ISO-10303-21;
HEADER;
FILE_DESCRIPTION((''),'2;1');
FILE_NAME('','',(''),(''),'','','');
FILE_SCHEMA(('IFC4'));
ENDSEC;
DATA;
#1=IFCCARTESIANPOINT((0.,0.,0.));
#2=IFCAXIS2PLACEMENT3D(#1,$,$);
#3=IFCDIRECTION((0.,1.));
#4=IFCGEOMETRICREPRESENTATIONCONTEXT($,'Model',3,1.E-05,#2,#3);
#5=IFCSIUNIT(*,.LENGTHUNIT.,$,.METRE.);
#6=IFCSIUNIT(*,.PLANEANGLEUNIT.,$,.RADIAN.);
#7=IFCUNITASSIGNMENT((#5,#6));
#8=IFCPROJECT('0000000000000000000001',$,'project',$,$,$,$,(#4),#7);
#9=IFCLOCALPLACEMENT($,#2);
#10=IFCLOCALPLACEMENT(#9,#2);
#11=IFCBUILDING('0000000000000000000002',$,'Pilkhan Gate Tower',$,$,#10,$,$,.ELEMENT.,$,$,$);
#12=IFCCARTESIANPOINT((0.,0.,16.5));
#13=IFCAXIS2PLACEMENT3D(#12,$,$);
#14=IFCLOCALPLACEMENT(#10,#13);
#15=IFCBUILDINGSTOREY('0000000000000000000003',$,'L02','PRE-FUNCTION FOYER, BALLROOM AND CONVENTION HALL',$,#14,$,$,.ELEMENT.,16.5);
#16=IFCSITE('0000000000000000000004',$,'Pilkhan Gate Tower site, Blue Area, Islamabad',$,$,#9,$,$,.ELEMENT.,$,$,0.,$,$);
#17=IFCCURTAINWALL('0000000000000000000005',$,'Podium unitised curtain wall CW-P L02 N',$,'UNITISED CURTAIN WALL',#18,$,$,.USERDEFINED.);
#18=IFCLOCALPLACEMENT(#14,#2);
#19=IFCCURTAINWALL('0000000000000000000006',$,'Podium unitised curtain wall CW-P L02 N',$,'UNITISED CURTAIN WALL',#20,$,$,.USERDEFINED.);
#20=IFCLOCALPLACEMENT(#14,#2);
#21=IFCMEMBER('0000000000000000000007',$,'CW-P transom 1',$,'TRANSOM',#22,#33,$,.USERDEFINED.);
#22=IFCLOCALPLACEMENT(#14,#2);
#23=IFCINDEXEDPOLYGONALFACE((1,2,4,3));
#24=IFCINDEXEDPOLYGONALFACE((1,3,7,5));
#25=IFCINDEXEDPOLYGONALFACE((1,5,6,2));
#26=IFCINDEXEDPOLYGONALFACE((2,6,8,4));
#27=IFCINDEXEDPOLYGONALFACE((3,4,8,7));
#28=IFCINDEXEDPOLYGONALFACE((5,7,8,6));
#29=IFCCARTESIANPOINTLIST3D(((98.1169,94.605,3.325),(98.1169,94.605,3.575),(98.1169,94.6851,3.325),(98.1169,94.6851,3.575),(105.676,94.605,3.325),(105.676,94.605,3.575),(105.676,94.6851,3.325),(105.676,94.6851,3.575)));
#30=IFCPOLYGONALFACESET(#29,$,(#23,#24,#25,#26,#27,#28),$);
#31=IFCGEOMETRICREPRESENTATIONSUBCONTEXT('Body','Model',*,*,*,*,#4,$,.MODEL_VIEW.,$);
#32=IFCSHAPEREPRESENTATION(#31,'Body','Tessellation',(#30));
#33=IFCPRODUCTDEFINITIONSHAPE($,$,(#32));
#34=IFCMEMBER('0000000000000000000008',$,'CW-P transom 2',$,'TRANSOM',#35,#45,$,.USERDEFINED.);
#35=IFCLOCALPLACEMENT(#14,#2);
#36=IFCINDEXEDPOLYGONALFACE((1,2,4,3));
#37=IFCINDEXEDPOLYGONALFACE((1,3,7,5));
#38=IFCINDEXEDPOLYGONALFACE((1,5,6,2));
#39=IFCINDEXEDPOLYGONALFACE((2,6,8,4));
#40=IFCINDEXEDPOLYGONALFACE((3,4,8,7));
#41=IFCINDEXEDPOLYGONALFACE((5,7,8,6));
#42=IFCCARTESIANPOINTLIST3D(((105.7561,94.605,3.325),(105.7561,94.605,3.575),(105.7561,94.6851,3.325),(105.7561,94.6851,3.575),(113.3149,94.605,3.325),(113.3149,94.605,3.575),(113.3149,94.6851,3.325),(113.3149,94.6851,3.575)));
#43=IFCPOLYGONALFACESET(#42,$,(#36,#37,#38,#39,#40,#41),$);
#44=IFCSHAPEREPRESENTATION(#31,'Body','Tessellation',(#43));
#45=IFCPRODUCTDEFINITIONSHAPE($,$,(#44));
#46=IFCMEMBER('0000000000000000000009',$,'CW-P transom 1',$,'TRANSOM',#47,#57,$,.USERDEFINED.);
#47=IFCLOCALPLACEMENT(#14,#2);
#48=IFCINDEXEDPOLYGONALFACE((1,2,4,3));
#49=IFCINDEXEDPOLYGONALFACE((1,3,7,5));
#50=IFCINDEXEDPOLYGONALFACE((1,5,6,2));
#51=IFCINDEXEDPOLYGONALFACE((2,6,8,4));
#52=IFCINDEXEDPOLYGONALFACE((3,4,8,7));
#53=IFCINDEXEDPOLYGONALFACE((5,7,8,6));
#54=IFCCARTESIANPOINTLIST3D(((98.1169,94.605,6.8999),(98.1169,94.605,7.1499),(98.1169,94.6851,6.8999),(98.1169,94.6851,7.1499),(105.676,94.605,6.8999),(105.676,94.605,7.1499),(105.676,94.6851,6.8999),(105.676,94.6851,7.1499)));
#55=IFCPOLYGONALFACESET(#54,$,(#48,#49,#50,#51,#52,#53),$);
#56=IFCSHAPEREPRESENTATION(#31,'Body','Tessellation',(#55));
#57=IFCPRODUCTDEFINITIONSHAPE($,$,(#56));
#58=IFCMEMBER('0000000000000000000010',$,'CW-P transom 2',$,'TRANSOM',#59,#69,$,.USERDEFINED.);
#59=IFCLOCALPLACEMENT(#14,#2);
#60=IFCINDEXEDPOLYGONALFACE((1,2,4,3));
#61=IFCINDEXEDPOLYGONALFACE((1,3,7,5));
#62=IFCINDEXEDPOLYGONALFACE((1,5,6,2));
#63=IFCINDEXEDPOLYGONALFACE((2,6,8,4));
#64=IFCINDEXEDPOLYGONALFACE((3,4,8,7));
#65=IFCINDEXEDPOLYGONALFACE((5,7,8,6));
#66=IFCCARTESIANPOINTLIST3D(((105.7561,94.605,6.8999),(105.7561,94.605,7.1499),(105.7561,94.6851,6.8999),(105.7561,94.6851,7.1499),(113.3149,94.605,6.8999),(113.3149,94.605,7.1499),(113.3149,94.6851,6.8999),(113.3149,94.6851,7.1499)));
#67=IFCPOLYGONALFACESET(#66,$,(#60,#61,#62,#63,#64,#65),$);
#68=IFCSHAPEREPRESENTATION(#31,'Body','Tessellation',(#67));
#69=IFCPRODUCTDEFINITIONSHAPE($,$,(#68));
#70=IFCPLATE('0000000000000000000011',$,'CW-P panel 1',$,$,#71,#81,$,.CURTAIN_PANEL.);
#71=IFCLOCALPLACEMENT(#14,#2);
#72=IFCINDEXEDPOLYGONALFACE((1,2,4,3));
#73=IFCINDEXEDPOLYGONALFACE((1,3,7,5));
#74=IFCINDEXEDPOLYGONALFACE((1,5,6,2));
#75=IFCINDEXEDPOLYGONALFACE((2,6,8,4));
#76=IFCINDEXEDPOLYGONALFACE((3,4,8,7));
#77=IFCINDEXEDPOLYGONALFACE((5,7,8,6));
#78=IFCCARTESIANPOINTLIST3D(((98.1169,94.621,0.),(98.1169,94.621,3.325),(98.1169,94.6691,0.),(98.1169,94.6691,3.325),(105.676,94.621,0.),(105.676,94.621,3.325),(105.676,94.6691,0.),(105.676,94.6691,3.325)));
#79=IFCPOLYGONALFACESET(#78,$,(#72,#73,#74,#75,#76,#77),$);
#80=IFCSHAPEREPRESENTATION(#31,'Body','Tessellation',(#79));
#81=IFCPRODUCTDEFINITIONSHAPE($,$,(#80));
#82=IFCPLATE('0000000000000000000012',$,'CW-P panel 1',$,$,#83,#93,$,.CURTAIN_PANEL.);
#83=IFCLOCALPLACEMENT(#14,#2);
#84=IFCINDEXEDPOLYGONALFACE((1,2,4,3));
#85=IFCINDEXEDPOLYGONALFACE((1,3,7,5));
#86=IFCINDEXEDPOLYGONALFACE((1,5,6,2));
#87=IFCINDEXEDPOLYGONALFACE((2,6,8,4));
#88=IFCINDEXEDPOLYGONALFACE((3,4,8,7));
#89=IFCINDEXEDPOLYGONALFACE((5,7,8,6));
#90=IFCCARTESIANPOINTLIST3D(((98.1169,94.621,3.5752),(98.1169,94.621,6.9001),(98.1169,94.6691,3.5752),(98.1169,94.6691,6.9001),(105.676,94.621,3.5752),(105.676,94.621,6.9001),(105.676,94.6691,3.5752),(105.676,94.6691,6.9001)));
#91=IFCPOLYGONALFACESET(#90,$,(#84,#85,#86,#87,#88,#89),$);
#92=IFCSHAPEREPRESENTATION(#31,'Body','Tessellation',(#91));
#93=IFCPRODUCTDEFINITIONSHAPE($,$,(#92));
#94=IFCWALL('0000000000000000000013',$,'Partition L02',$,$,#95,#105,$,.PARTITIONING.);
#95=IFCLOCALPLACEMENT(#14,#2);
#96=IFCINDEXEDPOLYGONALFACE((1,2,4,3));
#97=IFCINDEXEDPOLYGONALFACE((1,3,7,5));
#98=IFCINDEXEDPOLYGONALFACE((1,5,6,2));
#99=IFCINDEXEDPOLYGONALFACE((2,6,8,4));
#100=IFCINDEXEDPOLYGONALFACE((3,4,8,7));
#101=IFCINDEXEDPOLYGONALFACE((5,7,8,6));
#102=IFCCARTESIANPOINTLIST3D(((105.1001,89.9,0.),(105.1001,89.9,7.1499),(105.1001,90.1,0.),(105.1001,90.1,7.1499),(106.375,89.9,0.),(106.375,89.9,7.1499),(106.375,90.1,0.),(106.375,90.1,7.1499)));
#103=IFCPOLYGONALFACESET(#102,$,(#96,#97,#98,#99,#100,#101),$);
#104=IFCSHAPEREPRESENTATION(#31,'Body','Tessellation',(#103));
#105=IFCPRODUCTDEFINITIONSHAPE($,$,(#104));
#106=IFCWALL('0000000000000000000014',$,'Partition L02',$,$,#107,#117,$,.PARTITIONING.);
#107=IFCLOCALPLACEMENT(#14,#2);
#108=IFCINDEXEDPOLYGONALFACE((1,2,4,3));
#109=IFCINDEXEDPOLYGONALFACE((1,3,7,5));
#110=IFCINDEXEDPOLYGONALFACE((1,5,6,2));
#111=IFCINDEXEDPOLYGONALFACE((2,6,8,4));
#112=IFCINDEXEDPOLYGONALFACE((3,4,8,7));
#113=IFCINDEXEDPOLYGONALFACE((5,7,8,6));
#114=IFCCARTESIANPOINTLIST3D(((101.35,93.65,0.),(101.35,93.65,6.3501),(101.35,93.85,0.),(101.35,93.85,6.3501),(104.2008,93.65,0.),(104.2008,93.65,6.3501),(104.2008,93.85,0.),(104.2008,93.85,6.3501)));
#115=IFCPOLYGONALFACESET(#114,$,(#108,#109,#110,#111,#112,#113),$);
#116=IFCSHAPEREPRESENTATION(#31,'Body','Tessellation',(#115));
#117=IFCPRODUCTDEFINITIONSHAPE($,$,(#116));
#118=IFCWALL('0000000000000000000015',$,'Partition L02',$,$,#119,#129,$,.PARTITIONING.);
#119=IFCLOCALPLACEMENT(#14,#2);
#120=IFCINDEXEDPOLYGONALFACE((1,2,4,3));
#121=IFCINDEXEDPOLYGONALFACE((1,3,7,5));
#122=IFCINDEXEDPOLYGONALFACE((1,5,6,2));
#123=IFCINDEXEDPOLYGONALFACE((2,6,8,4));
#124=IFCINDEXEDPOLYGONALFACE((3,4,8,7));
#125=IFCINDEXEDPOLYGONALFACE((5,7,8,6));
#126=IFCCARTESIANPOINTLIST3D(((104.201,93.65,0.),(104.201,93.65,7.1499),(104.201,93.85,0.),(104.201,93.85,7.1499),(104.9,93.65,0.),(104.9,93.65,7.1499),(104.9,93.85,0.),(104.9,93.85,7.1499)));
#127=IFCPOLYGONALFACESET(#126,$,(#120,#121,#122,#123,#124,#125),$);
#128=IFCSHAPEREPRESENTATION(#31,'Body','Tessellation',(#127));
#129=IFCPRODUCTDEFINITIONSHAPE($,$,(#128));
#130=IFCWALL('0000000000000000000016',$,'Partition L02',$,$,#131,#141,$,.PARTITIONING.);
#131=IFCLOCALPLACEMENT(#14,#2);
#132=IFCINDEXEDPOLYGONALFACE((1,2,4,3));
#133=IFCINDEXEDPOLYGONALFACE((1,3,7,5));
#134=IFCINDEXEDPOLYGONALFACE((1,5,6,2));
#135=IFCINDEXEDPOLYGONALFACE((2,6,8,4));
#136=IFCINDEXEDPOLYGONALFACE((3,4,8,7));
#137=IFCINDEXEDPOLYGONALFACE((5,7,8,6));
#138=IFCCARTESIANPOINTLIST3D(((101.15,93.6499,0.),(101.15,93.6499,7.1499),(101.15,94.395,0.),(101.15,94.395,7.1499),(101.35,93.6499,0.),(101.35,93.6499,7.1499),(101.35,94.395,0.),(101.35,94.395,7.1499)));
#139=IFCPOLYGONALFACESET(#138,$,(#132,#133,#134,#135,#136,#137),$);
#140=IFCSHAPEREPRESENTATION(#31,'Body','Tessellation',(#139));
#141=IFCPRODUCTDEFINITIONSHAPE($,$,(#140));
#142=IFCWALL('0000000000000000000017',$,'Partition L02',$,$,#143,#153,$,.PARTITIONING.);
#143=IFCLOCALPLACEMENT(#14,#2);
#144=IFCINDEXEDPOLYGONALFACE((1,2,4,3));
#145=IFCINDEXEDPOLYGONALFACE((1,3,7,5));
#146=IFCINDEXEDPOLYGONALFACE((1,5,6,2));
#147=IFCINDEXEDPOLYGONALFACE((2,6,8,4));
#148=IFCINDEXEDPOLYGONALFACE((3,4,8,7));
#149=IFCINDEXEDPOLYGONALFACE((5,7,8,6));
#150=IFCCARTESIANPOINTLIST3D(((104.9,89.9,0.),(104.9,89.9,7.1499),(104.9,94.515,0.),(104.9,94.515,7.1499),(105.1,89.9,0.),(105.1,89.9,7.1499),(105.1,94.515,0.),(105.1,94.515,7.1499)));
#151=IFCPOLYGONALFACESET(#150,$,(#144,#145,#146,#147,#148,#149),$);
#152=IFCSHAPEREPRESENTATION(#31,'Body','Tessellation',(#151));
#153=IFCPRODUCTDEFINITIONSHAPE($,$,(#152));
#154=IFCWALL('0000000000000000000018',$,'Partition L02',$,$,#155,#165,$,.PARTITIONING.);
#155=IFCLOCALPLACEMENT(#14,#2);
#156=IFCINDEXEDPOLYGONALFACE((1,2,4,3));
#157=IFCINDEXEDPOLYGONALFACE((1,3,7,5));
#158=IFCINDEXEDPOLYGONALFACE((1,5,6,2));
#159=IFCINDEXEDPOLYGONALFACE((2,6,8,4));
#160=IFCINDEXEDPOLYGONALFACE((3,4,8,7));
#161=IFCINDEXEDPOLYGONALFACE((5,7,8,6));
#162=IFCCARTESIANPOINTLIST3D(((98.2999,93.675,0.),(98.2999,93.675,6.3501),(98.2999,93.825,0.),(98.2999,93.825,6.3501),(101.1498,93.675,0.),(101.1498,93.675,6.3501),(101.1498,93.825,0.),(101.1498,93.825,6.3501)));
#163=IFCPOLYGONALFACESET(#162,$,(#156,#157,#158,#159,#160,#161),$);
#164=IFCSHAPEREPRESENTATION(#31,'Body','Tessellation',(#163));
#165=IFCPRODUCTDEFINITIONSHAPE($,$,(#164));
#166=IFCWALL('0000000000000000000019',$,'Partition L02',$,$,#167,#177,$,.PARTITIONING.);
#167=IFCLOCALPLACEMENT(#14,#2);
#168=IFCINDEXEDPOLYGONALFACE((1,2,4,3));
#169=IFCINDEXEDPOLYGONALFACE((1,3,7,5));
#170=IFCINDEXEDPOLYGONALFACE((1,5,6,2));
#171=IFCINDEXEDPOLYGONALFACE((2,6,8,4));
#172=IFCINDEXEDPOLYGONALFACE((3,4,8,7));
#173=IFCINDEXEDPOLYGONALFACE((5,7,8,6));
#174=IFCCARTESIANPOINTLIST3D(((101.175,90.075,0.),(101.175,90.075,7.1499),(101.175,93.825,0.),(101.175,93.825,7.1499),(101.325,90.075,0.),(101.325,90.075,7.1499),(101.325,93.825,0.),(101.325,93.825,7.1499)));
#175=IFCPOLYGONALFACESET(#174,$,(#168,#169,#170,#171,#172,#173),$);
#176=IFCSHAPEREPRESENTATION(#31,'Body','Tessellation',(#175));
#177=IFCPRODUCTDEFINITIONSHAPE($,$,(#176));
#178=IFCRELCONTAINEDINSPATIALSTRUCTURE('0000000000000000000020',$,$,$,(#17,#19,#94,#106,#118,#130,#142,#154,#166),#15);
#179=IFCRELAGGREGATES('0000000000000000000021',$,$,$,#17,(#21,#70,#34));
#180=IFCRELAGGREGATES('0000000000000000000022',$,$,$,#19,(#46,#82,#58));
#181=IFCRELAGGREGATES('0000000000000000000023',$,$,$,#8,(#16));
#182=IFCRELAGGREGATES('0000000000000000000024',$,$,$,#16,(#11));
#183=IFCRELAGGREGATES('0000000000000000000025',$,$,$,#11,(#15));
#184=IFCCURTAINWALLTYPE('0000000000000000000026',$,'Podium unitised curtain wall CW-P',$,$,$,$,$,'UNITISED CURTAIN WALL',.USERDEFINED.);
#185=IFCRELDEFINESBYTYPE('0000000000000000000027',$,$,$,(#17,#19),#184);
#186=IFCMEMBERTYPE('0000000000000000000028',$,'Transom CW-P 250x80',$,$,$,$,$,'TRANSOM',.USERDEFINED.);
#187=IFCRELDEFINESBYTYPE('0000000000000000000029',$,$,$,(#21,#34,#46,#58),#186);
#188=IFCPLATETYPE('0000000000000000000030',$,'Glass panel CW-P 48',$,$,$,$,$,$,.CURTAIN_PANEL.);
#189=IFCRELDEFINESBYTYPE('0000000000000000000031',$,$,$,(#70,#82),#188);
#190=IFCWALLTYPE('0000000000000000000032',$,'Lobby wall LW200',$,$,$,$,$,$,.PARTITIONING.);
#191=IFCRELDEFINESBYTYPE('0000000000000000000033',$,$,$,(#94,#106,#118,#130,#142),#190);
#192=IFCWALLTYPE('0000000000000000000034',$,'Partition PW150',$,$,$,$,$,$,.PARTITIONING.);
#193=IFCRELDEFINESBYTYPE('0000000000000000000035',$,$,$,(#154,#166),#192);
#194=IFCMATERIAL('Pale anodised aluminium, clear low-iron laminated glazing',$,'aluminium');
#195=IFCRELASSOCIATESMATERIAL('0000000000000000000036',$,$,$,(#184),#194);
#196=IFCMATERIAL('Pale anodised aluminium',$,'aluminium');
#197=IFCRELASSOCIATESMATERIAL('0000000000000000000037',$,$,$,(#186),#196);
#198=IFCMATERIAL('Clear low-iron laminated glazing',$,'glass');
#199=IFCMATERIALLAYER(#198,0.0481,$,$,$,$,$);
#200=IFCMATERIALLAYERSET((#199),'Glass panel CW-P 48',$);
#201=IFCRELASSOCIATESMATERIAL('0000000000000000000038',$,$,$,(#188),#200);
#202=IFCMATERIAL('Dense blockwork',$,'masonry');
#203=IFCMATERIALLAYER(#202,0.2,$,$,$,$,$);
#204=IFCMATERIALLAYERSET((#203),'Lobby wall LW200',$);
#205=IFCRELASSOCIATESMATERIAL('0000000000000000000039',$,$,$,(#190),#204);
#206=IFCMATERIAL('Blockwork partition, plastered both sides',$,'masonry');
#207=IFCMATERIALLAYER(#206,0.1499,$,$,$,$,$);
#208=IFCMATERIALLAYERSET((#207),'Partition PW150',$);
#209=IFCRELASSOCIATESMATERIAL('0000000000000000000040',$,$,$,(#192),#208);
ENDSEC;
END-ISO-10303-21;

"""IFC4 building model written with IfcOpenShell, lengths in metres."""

from ifc_helpers import new_model, si_unit, direction, frame, frame_2d, origin, origin_2d, place, context, subcontext, project, spatial, rectangle, extrude, material, layer, layer_set, material_profile, profile_set, type_object, element, aggregate, save


model = new_model("IFC4")

# Units and contexts
model_context = context("Model", 3, precision=1e-05, world=origin(), true_north=direction((0.0, 1.0)))
body_context = subcontext(model_context, "Body", "Model", "MODEL_VIEW")
ifc_project = project(units=[si_unit("LENGTHUNIT", "METRE"), si_unit("PLANEANGLEUNIT", "RADIAN")], contexts=[model_context])

# Site, building, storey
site_placement = place(None, origin())
site = spatial("IfcSite", under=ifc_project, at=site_placement, Name="Pilkhan Gate Tower site, Blue Area, Islamabad", CompositionType="ELEMENT", RefElevation=0.0)
building_placement = place(site_placement, origin())
building = spatial("IfcBuilding", under=site, at=building_placement, Name="Pilkhan Gate Tower", CompositionType="ELEMENT")
storey_placement = place(building_placement, frame((0.0, 0.0, 16.5)))
storey = spatial("IfcBuildingStorey", under=building, at=storey_placement, Name="L02", Description="PRE-FUNCTION FOYER, BALLROOM AND CONVENTION HALL", CompositionType="ELEMENT", Elevation=16.5)

# Curtain wall
ifc_material_1 = material(Name="Pale anodised aluminium, clear low-iron laminated glazing", Category="aluminium")
curtain_wall_type = type_object("IfcCurtainWallType", Name="Podium unitised curtain wall CW-P", ElementType="UNITISED CURTAIN WALL", PredefinedType="USERDEFINED", material=ifc_material_1)
curtain_wall_1_placement = place(storey_placement, origin())
curtain_wall_1 = element("IfcCurtainWall", 1, at=curtain_wall_1_placement, inside=storey, type_object=curtain_wall_type, Name="Podium unitised curtain wall CW-P L02 N", ObjectType="UNITISED CURTAIN WALL", PredefinedType="USERDEFINED")
ifc_material_2 = material(Name="Pale anodised aluminium", Category="aluminium")

# Curtain wall
curtain_wall_2_placement = place(storey_placement, origin())
curtain_wall_2 = element("IfcCurtainWall", 2, at=curtain_wall_2_placement, inside=storey, type_object=curtain_wall_type, Name="Podium unitised curtain wall CW-P L02 N", ObjectType="UNITISED CURTAIN WALL", PredefinedType="USERDEFINED")

# Members
ifc_material_profile_1 = material_profile(ifc_material_2, rectangle(XDim=0.0801, YDim=0.25, at=origin_2d()), Name="Transom 250x80")
ifc_profile_set_1 = profile_set([ifc_material_profile_1], Name="Pale anodised aluminium")
member_type_1 = type_object("IfcMemberType", Name="Transom CW-P 250x80", ElementType="TRANSOM", PredefinedType="USERDEFINED", material=ifc_profile_set_1)
member_1_placement = place(storey_placement, frame((98.1169, 94.645, 3.45), z_axis=(1.0, 0.0, 0.0), x_axis=(0.0, 1.0, 0.0)))
member_1 = element("IfcMember", 3, at=member_1_placement, type_object=member_type_1, Name="CW-P transom 1", ObjectType="TRANSOM", PredefinedType="USERDEFINED", context=body_context, shape_type="SweptSolid", body=[
    extrude(rectangle(XDim=0.0801, YDim=0.25, at=origin_2d()), origin(), (0.0, 0.0, 1.0), 7.5591),
])
member_2_placement = place(storey_placement, frame((105.7561, 94.645, 3.45), z_axis=(1.0, 0.0, 0.0), x_axis=(0.0, 1.0, 0.0)))
member_2 = element("IfcMember", 4, at=member_2_placement, type_object=member_type_1, Name="CW-P transom 2", ObjectType="TRANSOM", PredefinedType="USERDEFINED", context=body_context, shape_type="SweptSolid", body=[
    extrude(rectangle(XDim=0.0801, YDim=0.25, at=origin_2d()), origin(), (0.0, 0.0, 1.0), 7.5588),
])
member_3_placement = place(storey_placement, frame((98.1169, 94.645, 7.0249), z_axis=(1.0, 0.0, 0.0), x_axis=(0.0, 1.0, 0.0)))
member_3 = element("IfcMember", 5, at=member_3_placement, type_object=member_type_1, Name="CW-P transom 1", ObjectType="TRANSOM", PredefinedType="USERDEFINED", context=body_context, shape_type="SweptSolid", body=[
    extrude(rectangle(XDim=0.0801, YDim=0.25, at=origin_2d()), origin(), (0.0, 0.0, 1.0), 7.5591),
])
member_4_placement = place(storey_placement, frame((105.7561, 94.645, 7.0249), z_axis=(1.0, 0.0, 0.0), x_axis=(0.0, 1.0, 0.0)))
member_4 = element("IfcMember", 6, at=member_4_placement, type_object=member_type_1, Name="CW-P transom 2", ObjectType="TRANSOM", PredefinedType="USERDEFINED", context=body_context, shape_type="SweptSolid", body=[
    extrude(rectangle(XDim=0.0801, YDim=0.25, at=origin_2d()), origin(), (0.0, 0.0, 1.0), 7.5588),
])

# Plates
ifc_material_3 = material(Name="Clear low-iron laminated glazing", Category="glass")
ifc_layer_1 = layer(ifc_material_3, 0.0481)
ifc_layer_set_1 = layer_set([ifc_layer_1], Name="Glass panel CW-P 48")
plate_type = type_object("IfcPlateType", Name="Glass panel CW-P 48", PredefinedType="CURTAIN_PANEL", material=ifc_layer_set_1)
plate_1_placement = place(storey_placement, frame((101.8965, 94.645, 0.0), z_axis=(0.0, 0.0, 1.0), x_axis=(1.0, 0.0, 0.0)))
plate_1 = element("IfcPlate", 7, at=plate_1_placement, type_object=plate_type, Name="CW-P panel 1", PredefinedType="CURTAIN_PANEL", context=body_context, shape_type="SweptSolid", body=[
    extrude(rectangle(XDim=7.5591, YDim=0.0481, at=origin_2d()), origin(), (0.0, 0.0, 1.0), 3.325),
])
aggregate(curtain_wall_1, [member_1, plate_1, member_2])
plate_2_placement = place(storey_placement, frame((101.8965, 94.645, 3.5752), z_axis=(0.0, 0.0, 1.0), x_axis=(1.0, 0.0, 0.0)))
plate_2 = element("IfcPlate", 8, at=plate_2_placement, type_object=plate_type, Name="CW-P panel 1", PredefinedType="CURTAIN_PANEL", context=body_context, shape_type="SweptSolid", body=[
    extrude(rectangle(XDim=7.5591, YDim=0.0481, at=origin_2d()), origin(), (0.0, 0.0, 1.0), 3.325),
])
aggregate(curtain_wall_2, [member_3, plate_2, member_4])

# Walls
ifc_material_4 = material(Name="Dense blockwork", Category="masonry")
ifc_layer_2 = layer(ifc_material_4, 0.2)
ifc_layer_set_2 = layer_set([ifc_layer_2], Name="Lobby wall LW200")
wall_type_1 = type_object("IfcWallType", Name="Lobby wall LW200", PredefinedType="PARTITIONING", material=ifc_layer_set_2)
wall_1_placement = place(storey_placement, frame((105.1001, 90.0, 0.0), z_axis=(0.0, 0.0, 1.0), x_axis=(1.0, 0.0, 0.0)))
element("IfcWall", 9, at=wall_1_placement, inside=storey, type_object=wall_type_1, Name="Partition L02", PredefinedType="PARTITIONING", context=body_context, shape_type="SweptSolid", body=[
    extrude(rectangle(XDim=1.2749, YDim=0.2, at=frame_2d((0.6375, 0.0))), origin(), (0.0, 0.0, 1.0), 7.1499),
])
wall_2_placement = place(storey_placement, frame((101.3501, 93.75, 0.0), z_axis=(0.0, 0.0, 1.0), x_axis=(1.0, 0.0, 0.0)))
element("IfcWall", 10, at=wall_2_placement, inside=storey, type_object=wall_type_1, Name="Partition L02", PredefinedType="PARTITIONING", context=body_context, shape_type="SweptSolid", body=[
    extrude(rectangle(XDim=2.8508, YDim=0.2, at=frame_2d((1.4253, 0.0))), origin(), (0.0, 0.0, 1.0), 6.3501),
])
wall_3_placement = place(storey_placement, frame((104.2009, 93.75, 0.0), z_axis=(0.0, 0.0, 1.0), x_axis=(1.0, 0.0, 0.0)))
element("IfcWall", 11, at=wall_3_placement, inside=storey, type_object=wall_type_1, Name="Partition L02", PredefinedType="PARTITIONING", context=body_context, shape_type="SweptSolid", body=[
    extrude(rectangle(XDim=0.699, YDim=0.2, at=frame_2d((0.3496, 0.0))), origin(), (0.0, 0.0, 1.0), 7.1499),
])
wall_4_placement = place(storey_placement, frame((101.25, 93.6499, 0.0), z_axis=(0.0, 0.0, 1.0), x_axis=(0.0, 1.0, 0.0)))
element("IfcWall", 12, at=wall_4_placement, inside=storey, type_object=wall_type_1, Name="Partition L02", PredefinedType="PARTITIONING", context=body_context, shape_type="SweptSolid", body=[
    extrude(rectangle(XDim=0.7451, YDim=0.2, at=frame_2d((0.3726, 0.0))), origin(), (0.0, 0.0, 1.0), 7.1499),
])
wall_5_placement = place(storey_placement, frame((105.0, 89.8999, 0.0), z_axis=(0.0, 0.0, 1.0), x_axis=(0.0, 1.0, 0.0)))
element("IfcWall", 13, at=wall_5_placement, inside=storey, type_object=wall_type_1, Name="Partition L02", PredefinedType="PARTITIONING", context=body_context, shape_type="SweptSolid", body=[
    extrude(rectangle(XDim=4.615, YDim=0.2, at=frame_2d((2.3076, 0.0))), origin(), (0.0, 0.0, 1.0), 7.1499),
])
ifc_material_5 = material(Name="Blockwork partition, plastered both sides", Category="masonry")
ifc_layer_3 = layer(ifc_material_5, 0.1499)
ifc_layer_set_3 = layer_set([ifc_layer_3], Name="Partition PW150")
wall_type_2 = type_object("IfcWallType", Name="Partition PW150", PredefinedType="PARTITIONING", material=ifc_layer_set_3)
wall_6_placement = place(storey_placement, frame((98.3, 93.75, 0.0), z_axis=(0.0, 0.0, 1.0), x_axis=(1.0, 0.0, 0.0)))
element("IfcWall", 14, at=wall_6_placement, inside=storey, type_object=wall_type_2, Name="Partition L02", PredefinedType="PARTITIONING", context=body_context, shape_type="SweptSolid", body=[
    extrude(rectangle(XDim=2.8499, YDim=0.1499, at=frame_2d((1.4248, 0.0))), origin(), (0.0, 0.0, 1.0), 6.3501),
])
wall_7_placement = place(storey_placement, frame((101.25, 90.075, 0.0), z_axis=(0.0, 0.0, 1.0), x_axis=(0.0, 1.0, 0.0)))
element("IfcWall", 15, at=wall_7_placement, inside=storey, type_object=wall_type_2, Name="Partition L02", PredefinedType="PARTITIONING", context=body_context, shape_type="SweptSolid", body=[
    extrude(rectangle(XDim=3.75, YDim=0.1499, at=frame_2d((1.875, 0.0))), origin(), (0.0, 0.0, 1.0), 7.1499),
])

save(model, "model.ifc")
